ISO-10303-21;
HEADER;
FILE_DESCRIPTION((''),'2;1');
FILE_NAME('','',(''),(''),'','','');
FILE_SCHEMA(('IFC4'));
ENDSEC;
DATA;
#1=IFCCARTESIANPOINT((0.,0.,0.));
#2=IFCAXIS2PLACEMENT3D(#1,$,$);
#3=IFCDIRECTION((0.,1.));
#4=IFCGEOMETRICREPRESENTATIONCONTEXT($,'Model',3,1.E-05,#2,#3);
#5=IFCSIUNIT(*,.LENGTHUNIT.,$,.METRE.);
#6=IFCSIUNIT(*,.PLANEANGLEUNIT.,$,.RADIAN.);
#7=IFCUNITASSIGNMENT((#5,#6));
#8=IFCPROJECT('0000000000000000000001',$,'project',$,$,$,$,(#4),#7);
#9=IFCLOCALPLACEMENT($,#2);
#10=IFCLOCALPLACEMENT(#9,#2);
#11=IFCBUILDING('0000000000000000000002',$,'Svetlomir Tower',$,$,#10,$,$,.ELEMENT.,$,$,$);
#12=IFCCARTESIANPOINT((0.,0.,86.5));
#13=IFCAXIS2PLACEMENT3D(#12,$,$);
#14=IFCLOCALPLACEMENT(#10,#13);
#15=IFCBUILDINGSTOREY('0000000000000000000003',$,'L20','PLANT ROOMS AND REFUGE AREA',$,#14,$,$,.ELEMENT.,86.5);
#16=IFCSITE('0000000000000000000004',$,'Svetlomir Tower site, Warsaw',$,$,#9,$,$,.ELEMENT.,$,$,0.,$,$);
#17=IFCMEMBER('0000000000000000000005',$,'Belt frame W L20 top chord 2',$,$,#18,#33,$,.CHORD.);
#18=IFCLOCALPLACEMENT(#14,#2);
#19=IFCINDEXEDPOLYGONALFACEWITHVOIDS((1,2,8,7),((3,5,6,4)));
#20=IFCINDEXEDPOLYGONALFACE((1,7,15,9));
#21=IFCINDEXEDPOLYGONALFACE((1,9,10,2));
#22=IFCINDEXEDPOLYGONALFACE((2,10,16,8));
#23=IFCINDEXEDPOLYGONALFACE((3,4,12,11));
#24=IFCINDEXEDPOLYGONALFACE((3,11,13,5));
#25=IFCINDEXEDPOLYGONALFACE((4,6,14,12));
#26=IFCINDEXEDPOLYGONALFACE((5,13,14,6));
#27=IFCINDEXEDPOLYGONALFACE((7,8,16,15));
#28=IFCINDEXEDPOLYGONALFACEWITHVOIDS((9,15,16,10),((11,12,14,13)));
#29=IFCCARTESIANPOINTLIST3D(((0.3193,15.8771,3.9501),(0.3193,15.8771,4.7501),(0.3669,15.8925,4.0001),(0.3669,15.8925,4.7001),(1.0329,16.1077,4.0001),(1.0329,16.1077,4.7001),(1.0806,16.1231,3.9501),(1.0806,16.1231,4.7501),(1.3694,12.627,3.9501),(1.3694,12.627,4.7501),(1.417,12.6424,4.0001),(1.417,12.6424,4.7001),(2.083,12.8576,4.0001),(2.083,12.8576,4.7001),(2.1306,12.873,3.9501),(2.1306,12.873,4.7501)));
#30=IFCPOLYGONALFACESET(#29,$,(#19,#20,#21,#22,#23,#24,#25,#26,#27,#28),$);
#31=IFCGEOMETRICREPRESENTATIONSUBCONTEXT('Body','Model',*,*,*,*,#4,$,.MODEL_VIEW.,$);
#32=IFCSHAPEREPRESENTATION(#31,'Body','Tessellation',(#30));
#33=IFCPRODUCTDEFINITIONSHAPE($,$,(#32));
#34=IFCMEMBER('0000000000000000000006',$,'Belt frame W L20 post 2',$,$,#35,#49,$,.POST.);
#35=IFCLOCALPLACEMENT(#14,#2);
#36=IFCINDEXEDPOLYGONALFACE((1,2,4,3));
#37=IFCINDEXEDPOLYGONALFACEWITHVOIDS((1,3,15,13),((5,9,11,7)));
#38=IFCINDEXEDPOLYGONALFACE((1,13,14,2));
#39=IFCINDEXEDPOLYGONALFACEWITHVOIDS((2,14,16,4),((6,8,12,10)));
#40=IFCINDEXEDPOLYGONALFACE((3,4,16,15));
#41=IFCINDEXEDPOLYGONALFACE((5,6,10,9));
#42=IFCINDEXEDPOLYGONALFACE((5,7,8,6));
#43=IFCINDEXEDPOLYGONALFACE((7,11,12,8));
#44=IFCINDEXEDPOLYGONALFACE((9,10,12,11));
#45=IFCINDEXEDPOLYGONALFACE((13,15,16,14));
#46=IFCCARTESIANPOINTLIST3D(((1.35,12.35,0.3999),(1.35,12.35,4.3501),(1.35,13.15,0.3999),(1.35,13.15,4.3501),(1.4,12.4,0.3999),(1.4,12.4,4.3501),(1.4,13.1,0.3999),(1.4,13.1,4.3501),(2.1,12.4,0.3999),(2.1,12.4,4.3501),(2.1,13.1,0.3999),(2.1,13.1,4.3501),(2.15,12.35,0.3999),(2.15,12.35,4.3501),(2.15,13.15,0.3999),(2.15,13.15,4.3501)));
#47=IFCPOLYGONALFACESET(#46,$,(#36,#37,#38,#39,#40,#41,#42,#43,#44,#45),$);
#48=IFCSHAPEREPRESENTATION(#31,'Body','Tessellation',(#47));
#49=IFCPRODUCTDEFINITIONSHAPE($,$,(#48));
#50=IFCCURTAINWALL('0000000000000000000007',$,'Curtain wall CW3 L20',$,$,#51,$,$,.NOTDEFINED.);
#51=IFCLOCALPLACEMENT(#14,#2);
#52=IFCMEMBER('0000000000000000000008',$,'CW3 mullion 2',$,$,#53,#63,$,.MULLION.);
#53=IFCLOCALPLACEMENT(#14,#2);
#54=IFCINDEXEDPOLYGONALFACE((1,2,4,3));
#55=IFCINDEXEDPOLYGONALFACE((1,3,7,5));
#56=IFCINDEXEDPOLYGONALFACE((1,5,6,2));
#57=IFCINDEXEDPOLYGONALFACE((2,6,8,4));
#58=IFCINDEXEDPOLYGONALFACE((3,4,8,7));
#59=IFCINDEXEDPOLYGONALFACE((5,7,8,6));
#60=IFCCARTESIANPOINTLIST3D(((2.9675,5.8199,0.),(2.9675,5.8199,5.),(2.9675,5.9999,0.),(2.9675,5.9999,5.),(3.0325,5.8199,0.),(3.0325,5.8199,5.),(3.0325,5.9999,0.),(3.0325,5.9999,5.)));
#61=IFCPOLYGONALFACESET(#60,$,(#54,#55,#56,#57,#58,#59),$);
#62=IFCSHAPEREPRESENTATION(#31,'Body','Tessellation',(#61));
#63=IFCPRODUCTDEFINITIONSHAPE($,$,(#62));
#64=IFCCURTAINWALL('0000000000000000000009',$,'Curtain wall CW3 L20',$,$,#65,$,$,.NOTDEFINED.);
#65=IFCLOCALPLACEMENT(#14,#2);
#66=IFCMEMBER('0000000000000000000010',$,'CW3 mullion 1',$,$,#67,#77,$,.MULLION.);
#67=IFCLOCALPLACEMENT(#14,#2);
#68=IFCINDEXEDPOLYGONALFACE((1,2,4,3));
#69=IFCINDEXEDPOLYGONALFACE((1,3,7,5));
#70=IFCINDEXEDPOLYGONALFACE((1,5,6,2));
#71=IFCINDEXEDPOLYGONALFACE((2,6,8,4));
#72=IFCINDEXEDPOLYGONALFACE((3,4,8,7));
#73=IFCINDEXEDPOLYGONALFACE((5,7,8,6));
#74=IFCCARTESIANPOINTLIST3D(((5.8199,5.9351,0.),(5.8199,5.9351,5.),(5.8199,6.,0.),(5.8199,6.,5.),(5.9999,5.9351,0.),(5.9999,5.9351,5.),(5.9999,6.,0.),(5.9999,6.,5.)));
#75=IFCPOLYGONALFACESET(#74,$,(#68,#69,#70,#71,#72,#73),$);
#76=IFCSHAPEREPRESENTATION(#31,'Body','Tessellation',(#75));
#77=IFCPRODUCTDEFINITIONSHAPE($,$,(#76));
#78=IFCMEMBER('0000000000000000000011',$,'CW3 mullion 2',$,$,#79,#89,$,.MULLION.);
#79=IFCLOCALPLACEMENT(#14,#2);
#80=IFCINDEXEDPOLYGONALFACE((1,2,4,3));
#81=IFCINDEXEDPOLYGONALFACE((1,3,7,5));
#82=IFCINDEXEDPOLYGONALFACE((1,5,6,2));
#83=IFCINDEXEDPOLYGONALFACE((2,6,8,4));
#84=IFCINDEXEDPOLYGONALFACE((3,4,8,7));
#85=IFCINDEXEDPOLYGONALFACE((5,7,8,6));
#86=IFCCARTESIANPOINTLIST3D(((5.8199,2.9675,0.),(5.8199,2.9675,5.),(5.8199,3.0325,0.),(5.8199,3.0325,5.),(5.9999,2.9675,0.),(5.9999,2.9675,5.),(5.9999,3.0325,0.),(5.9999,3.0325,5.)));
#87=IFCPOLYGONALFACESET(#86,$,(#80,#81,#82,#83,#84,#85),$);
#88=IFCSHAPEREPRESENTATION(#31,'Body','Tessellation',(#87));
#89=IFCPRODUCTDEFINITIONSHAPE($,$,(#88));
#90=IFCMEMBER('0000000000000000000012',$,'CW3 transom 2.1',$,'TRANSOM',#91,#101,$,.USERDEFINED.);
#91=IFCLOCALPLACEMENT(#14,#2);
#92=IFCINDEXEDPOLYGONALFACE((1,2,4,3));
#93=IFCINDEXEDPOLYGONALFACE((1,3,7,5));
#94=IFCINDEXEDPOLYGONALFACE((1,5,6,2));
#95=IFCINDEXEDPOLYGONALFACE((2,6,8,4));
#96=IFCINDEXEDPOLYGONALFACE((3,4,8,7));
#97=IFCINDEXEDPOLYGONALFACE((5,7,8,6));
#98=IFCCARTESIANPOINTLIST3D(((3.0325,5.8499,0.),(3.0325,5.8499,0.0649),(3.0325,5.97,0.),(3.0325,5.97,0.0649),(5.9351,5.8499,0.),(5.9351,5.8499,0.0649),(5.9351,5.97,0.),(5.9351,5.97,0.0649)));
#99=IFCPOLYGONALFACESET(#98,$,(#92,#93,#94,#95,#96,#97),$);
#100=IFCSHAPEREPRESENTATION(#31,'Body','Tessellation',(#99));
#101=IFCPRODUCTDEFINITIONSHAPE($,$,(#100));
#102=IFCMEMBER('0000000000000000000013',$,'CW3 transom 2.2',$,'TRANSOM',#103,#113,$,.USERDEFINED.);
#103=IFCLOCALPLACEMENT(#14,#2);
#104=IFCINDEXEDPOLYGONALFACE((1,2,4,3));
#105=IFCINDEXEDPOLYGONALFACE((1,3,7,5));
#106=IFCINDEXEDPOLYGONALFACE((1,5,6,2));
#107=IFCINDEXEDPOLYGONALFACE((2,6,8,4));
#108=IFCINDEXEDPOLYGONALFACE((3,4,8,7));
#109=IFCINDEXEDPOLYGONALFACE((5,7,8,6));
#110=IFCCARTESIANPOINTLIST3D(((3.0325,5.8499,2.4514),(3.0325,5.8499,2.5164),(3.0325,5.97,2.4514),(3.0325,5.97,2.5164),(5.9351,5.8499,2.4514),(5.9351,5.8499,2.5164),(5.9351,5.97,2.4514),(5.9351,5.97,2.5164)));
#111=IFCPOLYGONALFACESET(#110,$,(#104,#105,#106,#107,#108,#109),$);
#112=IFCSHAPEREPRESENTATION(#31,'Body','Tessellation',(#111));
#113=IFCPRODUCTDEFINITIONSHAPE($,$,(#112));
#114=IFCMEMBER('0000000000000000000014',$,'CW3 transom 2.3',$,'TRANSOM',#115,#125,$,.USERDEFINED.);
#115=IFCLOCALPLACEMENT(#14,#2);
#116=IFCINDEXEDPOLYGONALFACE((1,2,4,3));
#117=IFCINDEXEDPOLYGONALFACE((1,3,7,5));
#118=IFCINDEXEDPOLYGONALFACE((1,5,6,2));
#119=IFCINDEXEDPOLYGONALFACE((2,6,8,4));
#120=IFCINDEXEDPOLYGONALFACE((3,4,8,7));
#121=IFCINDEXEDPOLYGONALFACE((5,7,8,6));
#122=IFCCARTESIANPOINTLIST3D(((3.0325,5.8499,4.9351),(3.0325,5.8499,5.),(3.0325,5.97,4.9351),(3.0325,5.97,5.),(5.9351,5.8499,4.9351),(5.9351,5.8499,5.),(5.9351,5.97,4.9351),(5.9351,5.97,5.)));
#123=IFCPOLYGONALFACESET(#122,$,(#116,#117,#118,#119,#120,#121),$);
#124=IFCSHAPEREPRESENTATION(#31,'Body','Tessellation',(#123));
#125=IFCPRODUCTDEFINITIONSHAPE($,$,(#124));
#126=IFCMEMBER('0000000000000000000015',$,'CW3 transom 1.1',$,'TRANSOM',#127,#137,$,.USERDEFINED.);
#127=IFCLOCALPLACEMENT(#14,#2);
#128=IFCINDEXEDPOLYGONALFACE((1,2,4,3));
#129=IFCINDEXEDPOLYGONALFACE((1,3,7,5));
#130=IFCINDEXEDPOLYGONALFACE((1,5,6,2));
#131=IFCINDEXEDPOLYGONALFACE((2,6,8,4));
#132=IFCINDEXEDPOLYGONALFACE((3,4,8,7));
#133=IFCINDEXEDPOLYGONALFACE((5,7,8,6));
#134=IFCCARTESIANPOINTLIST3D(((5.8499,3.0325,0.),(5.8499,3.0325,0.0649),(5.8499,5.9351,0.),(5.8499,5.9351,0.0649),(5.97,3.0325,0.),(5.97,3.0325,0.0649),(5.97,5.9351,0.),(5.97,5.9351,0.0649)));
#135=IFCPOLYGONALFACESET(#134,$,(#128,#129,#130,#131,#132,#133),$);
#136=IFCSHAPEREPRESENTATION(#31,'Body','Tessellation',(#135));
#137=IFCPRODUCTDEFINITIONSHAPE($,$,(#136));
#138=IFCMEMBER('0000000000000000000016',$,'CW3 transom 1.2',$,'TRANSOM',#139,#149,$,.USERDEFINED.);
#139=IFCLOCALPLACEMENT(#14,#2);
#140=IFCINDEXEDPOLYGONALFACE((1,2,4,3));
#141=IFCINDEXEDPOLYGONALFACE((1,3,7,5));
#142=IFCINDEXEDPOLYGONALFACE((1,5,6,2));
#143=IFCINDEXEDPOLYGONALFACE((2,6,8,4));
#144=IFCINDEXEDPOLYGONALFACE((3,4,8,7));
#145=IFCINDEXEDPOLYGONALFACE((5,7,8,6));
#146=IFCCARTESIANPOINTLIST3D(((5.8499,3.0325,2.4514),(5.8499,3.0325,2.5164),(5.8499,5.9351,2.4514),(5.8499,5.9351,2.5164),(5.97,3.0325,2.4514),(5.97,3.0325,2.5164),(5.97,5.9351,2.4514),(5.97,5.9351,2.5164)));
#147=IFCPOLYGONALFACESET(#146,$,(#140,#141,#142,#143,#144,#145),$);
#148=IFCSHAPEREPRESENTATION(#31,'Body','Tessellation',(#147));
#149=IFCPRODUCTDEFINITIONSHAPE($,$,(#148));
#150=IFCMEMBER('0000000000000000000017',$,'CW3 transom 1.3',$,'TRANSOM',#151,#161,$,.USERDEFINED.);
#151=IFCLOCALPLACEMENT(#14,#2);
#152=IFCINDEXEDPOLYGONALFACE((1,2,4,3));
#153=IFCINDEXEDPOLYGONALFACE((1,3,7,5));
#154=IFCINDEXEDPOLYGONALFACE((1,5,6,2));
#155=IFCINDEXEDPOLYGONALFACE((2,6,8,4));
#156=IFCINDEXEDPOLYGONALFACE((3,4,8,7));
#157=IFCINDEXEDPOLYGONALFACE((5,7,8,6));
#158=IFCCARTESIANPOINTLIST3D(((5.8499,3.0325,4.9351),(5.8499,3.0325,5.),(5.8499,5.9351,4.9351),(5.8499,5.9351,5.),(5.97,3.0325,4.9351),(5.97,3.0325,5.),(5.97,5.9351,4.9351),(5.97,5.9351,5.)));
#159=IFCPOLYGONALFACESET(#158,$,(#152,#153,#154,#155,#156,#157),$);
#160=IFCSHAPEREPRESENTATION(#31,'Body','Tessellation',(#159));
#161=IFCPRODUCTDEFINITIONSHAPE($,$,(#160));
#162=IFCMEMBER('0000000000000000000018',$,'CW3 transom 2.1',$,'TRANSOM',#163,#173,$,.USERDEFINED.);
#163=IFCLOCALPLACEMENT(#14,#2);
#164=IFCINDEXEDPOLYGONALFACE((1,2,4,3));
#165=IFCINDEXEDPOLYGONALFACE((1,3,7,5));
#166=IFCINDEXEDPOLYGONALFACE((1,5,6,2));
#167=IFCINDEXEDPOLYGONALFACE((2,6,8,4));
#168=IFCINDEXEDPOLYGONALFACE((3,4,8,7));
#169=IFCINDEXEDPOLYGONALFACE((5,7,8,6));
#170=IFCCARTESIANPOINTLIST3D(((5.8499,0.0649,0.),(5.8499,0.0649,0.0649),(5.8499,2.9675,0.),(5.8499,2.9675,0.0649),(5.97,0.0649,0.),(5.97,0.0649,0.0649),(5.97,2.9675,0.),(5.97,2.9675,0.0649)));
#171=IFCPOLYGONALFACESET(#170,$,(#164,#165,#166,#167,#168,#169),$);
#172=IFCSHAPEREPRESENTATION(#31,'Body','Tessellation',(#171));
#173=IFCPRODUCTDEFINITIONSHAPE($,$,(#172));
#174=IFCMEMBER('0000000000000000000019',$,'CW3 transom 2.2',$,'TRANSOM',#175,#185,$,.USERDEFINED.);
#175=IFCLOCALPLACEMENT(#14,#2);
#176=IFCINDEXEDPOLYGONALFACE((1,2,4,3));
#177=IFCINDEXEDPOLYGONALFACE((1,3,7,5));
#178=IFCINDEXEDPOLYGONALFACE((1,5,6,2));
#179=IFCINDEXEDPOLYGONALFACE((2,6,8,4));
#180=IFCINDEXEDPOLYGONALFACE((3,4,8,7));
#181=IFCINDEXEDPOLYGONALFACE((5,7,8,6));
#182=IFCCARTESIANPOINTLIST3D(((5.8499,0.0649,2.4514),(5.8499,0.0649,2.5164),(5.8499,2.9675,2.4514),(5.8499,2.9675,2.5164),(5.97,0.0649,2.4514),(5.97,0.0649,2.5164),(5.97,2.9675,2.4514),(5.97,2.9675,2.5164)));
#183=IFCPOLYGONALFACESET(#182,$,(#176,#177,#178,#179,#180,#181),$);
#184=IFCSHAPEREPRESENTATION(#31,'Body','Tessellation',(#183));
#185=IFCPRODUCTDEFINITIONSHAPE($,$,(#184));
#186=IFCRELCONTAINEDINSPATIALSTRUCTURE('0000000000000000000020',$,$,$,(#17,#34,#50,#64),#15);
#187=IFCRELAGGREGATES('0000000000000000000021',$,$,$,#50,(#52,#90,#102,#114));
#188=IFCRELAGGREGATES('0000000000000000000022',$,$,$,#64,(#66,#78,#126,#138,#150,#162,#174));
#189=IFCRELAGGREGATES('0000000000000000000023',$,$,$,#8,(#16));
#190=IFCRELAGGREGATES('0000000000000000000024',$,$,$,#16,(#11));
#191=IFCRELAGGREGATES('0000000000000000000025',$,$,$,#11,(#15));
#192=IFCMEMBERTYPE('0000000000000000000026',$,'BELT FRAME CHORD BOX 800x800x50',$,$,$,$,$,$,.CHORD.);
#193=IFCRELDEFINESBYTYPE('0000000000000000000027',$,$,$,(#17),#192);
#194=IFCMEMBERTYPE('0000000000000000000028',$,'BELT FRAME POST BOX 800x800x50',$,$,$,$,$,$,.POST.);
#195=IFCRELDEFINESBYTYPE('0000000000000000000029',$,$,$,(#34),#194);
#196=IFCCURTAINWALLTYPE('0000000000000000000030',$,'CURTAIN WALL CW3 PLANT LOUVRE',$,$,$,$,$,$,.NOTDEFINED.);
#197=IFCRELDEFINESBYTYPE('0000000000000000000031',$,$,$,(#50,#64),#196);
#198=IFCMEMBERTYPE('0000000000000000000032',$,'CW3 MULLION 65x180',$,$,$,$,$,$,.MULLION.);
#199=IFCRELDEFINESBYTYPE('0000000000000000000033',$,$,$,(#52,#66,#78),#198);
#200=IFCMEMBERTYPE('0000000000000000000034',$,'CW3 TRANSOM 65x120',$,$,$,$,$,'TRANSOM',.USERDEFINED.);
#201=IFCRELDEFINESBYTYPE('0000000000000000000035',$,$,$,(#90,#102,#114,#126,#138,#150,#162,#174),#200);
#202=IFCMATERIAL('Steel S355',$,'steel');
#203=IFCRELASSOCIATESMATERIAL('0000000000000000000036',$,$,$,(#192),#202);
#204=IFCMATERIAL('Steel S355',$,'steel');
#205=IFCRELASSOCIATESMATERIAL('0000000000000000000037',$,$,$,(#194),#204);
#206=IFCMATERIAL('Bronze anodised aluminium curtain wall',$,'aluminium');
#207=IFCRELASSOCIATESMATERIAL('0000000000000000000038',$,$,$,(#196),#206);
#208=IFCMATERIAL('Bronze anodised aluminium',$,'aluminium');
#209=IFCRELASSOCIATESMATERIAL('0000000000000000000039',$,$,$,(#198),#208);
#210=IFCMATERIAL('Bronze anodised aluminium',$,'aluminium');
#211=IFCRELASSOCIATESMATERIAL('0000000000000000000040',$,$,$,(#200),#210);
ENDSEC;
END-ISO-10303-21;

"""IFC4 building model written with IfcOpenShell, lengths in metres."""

from ifc_helpers import new_model, si_unit, direction, frame, origin, origin_2d, place, context, subcontext, project, spatial, rectangle, hollow_rectangle, extrude, material, material_profile, profile_set, type_object, element, aggregate, save


model = new_model("IFC4")

# Units and contexts
model_context = context("Model", 3, precision=1e-05, world=origin(), true_north=direction((0.0, 1.0)))
body_context = subcontext(model_context, "Body", "Model", "MODEL_VIEW")
ifc_project = project(units=[si_unit("LENGTHUNIT", "METRE"), si_unit("PLANEANGLEUNIT", "RADIAN")], contexts=[model_context])

# Site, building, storey
site_placement = place(None, origin())
site = spatial("IfcSite", under=ifc_project, at=site_placement, Name="Svetlomir Tower site, Warsaw", CompositionType="ELEMENT", RefElevation=0.0)
building_placement = place(site_placement, origin())
building = spatial("IfcBuilding", under=site, at=building_placement, Name="Svetlomir Tower", CompositionType="ELEMENT")
storey_placement = place(building_placement, frame((0.0, 0.0, 86.5)))
storey = spatial("IfcBuildingStorey", under=building, at=storey_placement, Name="L20", Description="PLANT ROOMS AND REFUGE AREA", CompositionType="ELEMENT", Elevation=86.5)

# Members
ifc_material_1 = material(Name="Steel S355", Category="steel")
ifc_material_profile_1 = material_profile(ifc_material_1, hollow_rectangle(XDim=0.8, YDim=0.8, WallThickness=0.05, at=origin_2d()), Name="BOX 800x800x50")
ifc_profile_set_1 = profile_set([ifc_material_profile_1], Name="Steel S355")
member_type_1 = type_object("IfcMemberType", Name="BELT FRAME CHORD BOX 800x800x50", PredefinedType="CHORD", material=ifc_profile_set_1)
member_1_placement = place(storey_placement, frame((1.75, 12.75, 4.3501), z_axis=(-0.307443, 0.951566, 0.0), x_axis=(-0.951566, -0.307443, 0.0)))
element("IfcMember", 1, at=member_1_placement, inside=storey, type_object=member_type_1, Name="Belt frame W L20 top chord 2", PredefinedType="CHORD", context=body_context, shape_type="SweptSolid", body=[
    extrude(hollow_rectangle(XDim=0.8, YDim=0.8, WallThickness=0.05, at=origin_2d()), origin(), (0.0, 0.0, 1.0), 3.4155),
])
ifc_material_2 = material(Name="Steel S355", Category="steel")
ifc_material_profile_2 = material_profile(ifc_material_2, hollow_rectangle(XDim=0.8, YDim=0.8, WallThickness=0.05, at=origin_2d()), Name="BOX 800x800x50")
ifc_profile_set_2 = profile_set([ifc_material_profile_2], Name="Steel S355")
member_type_2 = type_object("IfcMemberType", Name="BELT FRAME POST BOX 800x800x50", PredefinedType="POST", material=ifc_profile_set_2)
member_2_placement = place(storey_placement, frame((1.75, 12.75, 0.3999), z_axis=(0.0, 0.0, 1.0), x_axis=(1.0, 0.0, 0.0)))
element("IfcMember", 2, at=member_2_placement, inside=storey, type_object=member_type_2, Name="Belt frame W L20 post 2", PredefinedType="POST", context=body_context, shape_type="SweptSolid", body=[
    extrude(hollow_rectangle(XDim=0.8, YDim=0.8, WallThickness=0.05, at=origin_2d()), origin(), (0.0, 0.0, 1.0), 3.9502),
])

# Curtain wall, member
ifc_material_3 = material(Name="Bronze anodised aluminium curtain wall", Category="aluminium")
curtain_wall_type = type_object("IfcCurtainWallType", Name="CURTAIN WALL CW3 PLANT LOUVRE", PredefinedType="NOTDEFINED", material=ifc_material_3)
curtain_wall_1_placement = place(storey_placement, origin())
curtain_wall_1 = element("IfcCurtainWall", 3, at=curtain_wall_1_placement, inside=storey, type_object=curtain_wall_type, Name="Curtain wall CW3 L20", PredefinedType="NOTDEFINED")
ifc_material_4 = material(Name="Bronze anodised aluminium", Category="aluminium")
ifc_material_profile_3 = material_profile(ifc_material_4, rectangle(XDim=0.0649, YDim=0.1799, at=origin_2d()), Name="AL 65x180")
ifc_profile_set_3 = profile_set([ifc_material_profile_3], Name="Bronze anodised aluminium 6063-T6")
member_type_3 = type_object("IfcMemberType", Name="CW3 MULLION 65x180", PredefinedType="MULLION", material=ifc_profile_set_3)
member_3_placement = place(storey_placement, frame((3.0, 5.9099, 0.0), z_axis=(0.0, 0.0, 1.0), x_axis=(1.0, 0.0, 0.0)))
member_3 = element("IfcMember", 4, at=member_3_placement, type_object=member_type_3, Name="CW3 mullion 2", PredefinedType="MULLION", context=body_context, shape_type="SweptSolid", body=[
    extrude(rectangle(XDim=0.0649, YDim=0.1799, at=origin_2d()), origin(), (0.0, 0.0, 1.0), 5.0),
])

# Curtain wall, members
curtain_wall_2_placement = place(storey_placement, origin())
curtain_wall_2 = element("IfcCurtainWall", 5, at=curtain_wall_2_placement, inside=storey, type_object=curtain_wall_type, Name="Curtain wall CW3 L20", PredefinedType="NOTDEFINED")
member_4_placement = place(storey_placement, frame((5.9099, 5.9675, 0.0), z_axis=(0.0, 0.0, 1.0), x_axis=(0.0, -1.0, 0.0)))
member_4 = element("IfcMember", 6, at=member_4_placement, type_object=member_type_3, Name="CW3 mullion 1", PredefinedType="MULLION", context=body_context, shape_type="SweptSolid", body=[
    extrude(rectangle(XDim=0.0649, YDim=0.1799, at=origin_2d()), origin(), (0.0, 0.0, 1.0), 5.0),
])
member_5_placement = place(storey_placement, frame((5.9099, 3.0, 0.0), z_axis=(0.0, 0.0, 1.0), x_axis=(0.0, -1.0, 0.0)))
member_5 = element("IfcMember", 7, at=member_5_placement, type_object=member_type_3, Name="CW3 mullion 2", PredefinedType="MULLION", context=body_context, shape_type="SweptSolid", body=[
    extrude(rectangle(XDim=0.0649, YDim=0.1799, at=origin_2d()), origin(), (0.0, 0.0, 1.0), 5.0),
])

# Members
ifc_material_5 = material(Name="Bronze anodised aluminium", Category="aluminium")
ifc_material_profile_4 = material_profile(ifc_material_5, rectangle(XDim=0.1201, YDim=0.0649, at=origin_2d()), Name="AL 120x65")
ifc_profile_set_4 = profile_set([ifc_material_profile_4], Name="Bronze anodised aluminium 6063-T6")
member_type_4 = type_object("IfcMemberType", Name="CW3 TRANSOM 65x120", ElementType="TRANSOM", PredefinedType="USERDEFINED", material=ifc_profile_set_4)
member_6_placement = place(storey_placement, frame((3.0325, 5.9099, 0.0325), z_axis=(1.0, 0.0, 0.0), x_axis=(0.0, 1.0, 0.0)))
member_6 = element("IfcMember", 8, at=member_6_placement, type_object=member_type_4, Name="CW3 transom 2.1", ObjectType="TRANSOM", PredefinedType="USERDEFINED", context=body_context, shape_type="SweptSolid", body=[
    extrude(rectangle(XDim=0.1201, YDim=0.0649, at=origin_2d()), origin(), (0.0, 0.0, 1.0), 2.9026),
])
member_7_placement = place(storey_placement, frame((3.0325, 5.9099, 2.4839), z_axis=(1.0, 0.0, 0.0), x_axis=(0.0, 1.0, 0.0)))
member_7 = element("IfcMember", 9, at=member_7_placement, type_object=member_type_4, Name="CW3 transom 2.2", ObjectType="TRANSOM", PredefinedType="USERDEFINED", context=body_context, shape_type="SweptSolid", body=[
    extrude(rectangle(XDim=0.1201, YDim=0.0649, at=origin_2d()), origin(), (0.0, 0.0, 1.0), 2.9026),
])
member_8_placement = place(storey_placement, frame((3.0325, 5.9099, 4.9675), z_axis=(1.0, 0.0, 0.0), x_axis=(0.0, 1.0, 0.0)))
member_8 = element("IfcMember", 10, at=member_8_placement, type_object=member_type_4, Name="CW3 transom 2.3", ObjectType="TRANSOM", PredefinedType="USERDEFINED", context=body_context, shape_type="SweptSolid", body=[
    extrude(rectangle(XDim=0.1201, YDim=0.0649, at=origin_2d()), origin(), (0.0, 0.0, 1.0), 2.9026),
])
member_9_placement = place(storey_placement, frame((5.9099, 5.9351, 0.0325), z_axis=(0.0, -1.0, 0.0), x_axis=(1.0, 0.0, 0.0)))
member_9 = element("IfcMember", 11, at=member_9_placement, type_object=member_type_4, Name="CW3 transom 1.1", ObjectType="TRANSOM", PredefinedType="USERDEFINED", context=body_context, shape_type="SweptSolid", body=[
    extrude(rectangle(XDim=0.1201, YDim=0.0649, at=origin_2d()), origin(), (0.0, 0.0, 1.0), 2.9026),
])
member_10_placement = place(storey_placement, frame((5.9099, 5.9351, 2.4839), z_axis=(0.0, -1.0, 0.0), x_axis=(1.0, 0.0, 0.0)))
member_10 = element("IfcMember", 12, at=member_10_placement, type_object=member_type_4, Name="CW3 transom 1.2", ObjectType="TRANSOM", PredefinedType="USERDEFINED", context=body_context, shape_type="SweptSolid", body=[
    extrude(rectangle(XDim=0.1201, YDim=0.0649, at=origin_2d()), origin(), (0.0, 0.0, 1.0), 2.9026),
])
member_11_placement = place(storey_placement, frame((5.9099, 5.9351, 4.9675), z_axis=(0.0, -1.0, 0.0), x_axis=(1.0, 0.0, 0.0)))
member_11 = element("IfcMember", 13, at=member_11_placement, type_object=member_type_4, Name="CW3 transom 1.3", ObjectType="TRANSOM", PredefinedType="USERDEFINED", context=body_context, shape_type="SweptSolid", body=[
    extrude(rectangle(XDim=0.1201, YDim=0.0649, at=origin_2d()), origin(), (0.0, 0.0, 1.0), 2.9026),
])
member_12_placement = place(storey_placement, frame((5.9099, 2.9675, 0.0325), z_axis=(0.0, -1.0, 0.0), x_axis=(1.0, 0.0, 0.0)))
member_12 = element("IfcMember", 14, at=member_12_placement, type_object=member_type_4, Name="CW3 transom 2.1", ObjectType="TRANSOM", PredefinedType="USERDEFINED", context=body_context, shape_type="SweptSolid", body=[
    extrude(rectangle(XDim=0.1201, YDim=0.0649, at=origin_2d()), origin(), (0.0, 0.0, 1.0), 2.9026),
])
member_13_placement = place(storey_placement, frame((5.9099, 2.9675, 2.4839), z_axis=(0.0, -1.0, 0.0), x_axis=(1.0, 0.0, 0.0)))
member_13 = element("IfcMember", 15, at=member_13_placement, type_object=member_type_4, Name="CW3 transom 2.2", ObjectType="TRANSOM", PredefinedType="USERDEFINED", context=body_context, shape_type="SweptSolid", body=[
    extrude(rectangle(XDim=0.1201, YDim=0.0649, at=origin_2d()), origin(), (0.0, 0.0, 1.0), 2.9026),
])

aggregate(curtain_wall_1, [member_3, member_6, member_7, member_8])
aggregate(curtain_wall_2, [member_4, member_5, member_9, member_10, member_11, member_12, member_13])

save(model, "model.ifc")
